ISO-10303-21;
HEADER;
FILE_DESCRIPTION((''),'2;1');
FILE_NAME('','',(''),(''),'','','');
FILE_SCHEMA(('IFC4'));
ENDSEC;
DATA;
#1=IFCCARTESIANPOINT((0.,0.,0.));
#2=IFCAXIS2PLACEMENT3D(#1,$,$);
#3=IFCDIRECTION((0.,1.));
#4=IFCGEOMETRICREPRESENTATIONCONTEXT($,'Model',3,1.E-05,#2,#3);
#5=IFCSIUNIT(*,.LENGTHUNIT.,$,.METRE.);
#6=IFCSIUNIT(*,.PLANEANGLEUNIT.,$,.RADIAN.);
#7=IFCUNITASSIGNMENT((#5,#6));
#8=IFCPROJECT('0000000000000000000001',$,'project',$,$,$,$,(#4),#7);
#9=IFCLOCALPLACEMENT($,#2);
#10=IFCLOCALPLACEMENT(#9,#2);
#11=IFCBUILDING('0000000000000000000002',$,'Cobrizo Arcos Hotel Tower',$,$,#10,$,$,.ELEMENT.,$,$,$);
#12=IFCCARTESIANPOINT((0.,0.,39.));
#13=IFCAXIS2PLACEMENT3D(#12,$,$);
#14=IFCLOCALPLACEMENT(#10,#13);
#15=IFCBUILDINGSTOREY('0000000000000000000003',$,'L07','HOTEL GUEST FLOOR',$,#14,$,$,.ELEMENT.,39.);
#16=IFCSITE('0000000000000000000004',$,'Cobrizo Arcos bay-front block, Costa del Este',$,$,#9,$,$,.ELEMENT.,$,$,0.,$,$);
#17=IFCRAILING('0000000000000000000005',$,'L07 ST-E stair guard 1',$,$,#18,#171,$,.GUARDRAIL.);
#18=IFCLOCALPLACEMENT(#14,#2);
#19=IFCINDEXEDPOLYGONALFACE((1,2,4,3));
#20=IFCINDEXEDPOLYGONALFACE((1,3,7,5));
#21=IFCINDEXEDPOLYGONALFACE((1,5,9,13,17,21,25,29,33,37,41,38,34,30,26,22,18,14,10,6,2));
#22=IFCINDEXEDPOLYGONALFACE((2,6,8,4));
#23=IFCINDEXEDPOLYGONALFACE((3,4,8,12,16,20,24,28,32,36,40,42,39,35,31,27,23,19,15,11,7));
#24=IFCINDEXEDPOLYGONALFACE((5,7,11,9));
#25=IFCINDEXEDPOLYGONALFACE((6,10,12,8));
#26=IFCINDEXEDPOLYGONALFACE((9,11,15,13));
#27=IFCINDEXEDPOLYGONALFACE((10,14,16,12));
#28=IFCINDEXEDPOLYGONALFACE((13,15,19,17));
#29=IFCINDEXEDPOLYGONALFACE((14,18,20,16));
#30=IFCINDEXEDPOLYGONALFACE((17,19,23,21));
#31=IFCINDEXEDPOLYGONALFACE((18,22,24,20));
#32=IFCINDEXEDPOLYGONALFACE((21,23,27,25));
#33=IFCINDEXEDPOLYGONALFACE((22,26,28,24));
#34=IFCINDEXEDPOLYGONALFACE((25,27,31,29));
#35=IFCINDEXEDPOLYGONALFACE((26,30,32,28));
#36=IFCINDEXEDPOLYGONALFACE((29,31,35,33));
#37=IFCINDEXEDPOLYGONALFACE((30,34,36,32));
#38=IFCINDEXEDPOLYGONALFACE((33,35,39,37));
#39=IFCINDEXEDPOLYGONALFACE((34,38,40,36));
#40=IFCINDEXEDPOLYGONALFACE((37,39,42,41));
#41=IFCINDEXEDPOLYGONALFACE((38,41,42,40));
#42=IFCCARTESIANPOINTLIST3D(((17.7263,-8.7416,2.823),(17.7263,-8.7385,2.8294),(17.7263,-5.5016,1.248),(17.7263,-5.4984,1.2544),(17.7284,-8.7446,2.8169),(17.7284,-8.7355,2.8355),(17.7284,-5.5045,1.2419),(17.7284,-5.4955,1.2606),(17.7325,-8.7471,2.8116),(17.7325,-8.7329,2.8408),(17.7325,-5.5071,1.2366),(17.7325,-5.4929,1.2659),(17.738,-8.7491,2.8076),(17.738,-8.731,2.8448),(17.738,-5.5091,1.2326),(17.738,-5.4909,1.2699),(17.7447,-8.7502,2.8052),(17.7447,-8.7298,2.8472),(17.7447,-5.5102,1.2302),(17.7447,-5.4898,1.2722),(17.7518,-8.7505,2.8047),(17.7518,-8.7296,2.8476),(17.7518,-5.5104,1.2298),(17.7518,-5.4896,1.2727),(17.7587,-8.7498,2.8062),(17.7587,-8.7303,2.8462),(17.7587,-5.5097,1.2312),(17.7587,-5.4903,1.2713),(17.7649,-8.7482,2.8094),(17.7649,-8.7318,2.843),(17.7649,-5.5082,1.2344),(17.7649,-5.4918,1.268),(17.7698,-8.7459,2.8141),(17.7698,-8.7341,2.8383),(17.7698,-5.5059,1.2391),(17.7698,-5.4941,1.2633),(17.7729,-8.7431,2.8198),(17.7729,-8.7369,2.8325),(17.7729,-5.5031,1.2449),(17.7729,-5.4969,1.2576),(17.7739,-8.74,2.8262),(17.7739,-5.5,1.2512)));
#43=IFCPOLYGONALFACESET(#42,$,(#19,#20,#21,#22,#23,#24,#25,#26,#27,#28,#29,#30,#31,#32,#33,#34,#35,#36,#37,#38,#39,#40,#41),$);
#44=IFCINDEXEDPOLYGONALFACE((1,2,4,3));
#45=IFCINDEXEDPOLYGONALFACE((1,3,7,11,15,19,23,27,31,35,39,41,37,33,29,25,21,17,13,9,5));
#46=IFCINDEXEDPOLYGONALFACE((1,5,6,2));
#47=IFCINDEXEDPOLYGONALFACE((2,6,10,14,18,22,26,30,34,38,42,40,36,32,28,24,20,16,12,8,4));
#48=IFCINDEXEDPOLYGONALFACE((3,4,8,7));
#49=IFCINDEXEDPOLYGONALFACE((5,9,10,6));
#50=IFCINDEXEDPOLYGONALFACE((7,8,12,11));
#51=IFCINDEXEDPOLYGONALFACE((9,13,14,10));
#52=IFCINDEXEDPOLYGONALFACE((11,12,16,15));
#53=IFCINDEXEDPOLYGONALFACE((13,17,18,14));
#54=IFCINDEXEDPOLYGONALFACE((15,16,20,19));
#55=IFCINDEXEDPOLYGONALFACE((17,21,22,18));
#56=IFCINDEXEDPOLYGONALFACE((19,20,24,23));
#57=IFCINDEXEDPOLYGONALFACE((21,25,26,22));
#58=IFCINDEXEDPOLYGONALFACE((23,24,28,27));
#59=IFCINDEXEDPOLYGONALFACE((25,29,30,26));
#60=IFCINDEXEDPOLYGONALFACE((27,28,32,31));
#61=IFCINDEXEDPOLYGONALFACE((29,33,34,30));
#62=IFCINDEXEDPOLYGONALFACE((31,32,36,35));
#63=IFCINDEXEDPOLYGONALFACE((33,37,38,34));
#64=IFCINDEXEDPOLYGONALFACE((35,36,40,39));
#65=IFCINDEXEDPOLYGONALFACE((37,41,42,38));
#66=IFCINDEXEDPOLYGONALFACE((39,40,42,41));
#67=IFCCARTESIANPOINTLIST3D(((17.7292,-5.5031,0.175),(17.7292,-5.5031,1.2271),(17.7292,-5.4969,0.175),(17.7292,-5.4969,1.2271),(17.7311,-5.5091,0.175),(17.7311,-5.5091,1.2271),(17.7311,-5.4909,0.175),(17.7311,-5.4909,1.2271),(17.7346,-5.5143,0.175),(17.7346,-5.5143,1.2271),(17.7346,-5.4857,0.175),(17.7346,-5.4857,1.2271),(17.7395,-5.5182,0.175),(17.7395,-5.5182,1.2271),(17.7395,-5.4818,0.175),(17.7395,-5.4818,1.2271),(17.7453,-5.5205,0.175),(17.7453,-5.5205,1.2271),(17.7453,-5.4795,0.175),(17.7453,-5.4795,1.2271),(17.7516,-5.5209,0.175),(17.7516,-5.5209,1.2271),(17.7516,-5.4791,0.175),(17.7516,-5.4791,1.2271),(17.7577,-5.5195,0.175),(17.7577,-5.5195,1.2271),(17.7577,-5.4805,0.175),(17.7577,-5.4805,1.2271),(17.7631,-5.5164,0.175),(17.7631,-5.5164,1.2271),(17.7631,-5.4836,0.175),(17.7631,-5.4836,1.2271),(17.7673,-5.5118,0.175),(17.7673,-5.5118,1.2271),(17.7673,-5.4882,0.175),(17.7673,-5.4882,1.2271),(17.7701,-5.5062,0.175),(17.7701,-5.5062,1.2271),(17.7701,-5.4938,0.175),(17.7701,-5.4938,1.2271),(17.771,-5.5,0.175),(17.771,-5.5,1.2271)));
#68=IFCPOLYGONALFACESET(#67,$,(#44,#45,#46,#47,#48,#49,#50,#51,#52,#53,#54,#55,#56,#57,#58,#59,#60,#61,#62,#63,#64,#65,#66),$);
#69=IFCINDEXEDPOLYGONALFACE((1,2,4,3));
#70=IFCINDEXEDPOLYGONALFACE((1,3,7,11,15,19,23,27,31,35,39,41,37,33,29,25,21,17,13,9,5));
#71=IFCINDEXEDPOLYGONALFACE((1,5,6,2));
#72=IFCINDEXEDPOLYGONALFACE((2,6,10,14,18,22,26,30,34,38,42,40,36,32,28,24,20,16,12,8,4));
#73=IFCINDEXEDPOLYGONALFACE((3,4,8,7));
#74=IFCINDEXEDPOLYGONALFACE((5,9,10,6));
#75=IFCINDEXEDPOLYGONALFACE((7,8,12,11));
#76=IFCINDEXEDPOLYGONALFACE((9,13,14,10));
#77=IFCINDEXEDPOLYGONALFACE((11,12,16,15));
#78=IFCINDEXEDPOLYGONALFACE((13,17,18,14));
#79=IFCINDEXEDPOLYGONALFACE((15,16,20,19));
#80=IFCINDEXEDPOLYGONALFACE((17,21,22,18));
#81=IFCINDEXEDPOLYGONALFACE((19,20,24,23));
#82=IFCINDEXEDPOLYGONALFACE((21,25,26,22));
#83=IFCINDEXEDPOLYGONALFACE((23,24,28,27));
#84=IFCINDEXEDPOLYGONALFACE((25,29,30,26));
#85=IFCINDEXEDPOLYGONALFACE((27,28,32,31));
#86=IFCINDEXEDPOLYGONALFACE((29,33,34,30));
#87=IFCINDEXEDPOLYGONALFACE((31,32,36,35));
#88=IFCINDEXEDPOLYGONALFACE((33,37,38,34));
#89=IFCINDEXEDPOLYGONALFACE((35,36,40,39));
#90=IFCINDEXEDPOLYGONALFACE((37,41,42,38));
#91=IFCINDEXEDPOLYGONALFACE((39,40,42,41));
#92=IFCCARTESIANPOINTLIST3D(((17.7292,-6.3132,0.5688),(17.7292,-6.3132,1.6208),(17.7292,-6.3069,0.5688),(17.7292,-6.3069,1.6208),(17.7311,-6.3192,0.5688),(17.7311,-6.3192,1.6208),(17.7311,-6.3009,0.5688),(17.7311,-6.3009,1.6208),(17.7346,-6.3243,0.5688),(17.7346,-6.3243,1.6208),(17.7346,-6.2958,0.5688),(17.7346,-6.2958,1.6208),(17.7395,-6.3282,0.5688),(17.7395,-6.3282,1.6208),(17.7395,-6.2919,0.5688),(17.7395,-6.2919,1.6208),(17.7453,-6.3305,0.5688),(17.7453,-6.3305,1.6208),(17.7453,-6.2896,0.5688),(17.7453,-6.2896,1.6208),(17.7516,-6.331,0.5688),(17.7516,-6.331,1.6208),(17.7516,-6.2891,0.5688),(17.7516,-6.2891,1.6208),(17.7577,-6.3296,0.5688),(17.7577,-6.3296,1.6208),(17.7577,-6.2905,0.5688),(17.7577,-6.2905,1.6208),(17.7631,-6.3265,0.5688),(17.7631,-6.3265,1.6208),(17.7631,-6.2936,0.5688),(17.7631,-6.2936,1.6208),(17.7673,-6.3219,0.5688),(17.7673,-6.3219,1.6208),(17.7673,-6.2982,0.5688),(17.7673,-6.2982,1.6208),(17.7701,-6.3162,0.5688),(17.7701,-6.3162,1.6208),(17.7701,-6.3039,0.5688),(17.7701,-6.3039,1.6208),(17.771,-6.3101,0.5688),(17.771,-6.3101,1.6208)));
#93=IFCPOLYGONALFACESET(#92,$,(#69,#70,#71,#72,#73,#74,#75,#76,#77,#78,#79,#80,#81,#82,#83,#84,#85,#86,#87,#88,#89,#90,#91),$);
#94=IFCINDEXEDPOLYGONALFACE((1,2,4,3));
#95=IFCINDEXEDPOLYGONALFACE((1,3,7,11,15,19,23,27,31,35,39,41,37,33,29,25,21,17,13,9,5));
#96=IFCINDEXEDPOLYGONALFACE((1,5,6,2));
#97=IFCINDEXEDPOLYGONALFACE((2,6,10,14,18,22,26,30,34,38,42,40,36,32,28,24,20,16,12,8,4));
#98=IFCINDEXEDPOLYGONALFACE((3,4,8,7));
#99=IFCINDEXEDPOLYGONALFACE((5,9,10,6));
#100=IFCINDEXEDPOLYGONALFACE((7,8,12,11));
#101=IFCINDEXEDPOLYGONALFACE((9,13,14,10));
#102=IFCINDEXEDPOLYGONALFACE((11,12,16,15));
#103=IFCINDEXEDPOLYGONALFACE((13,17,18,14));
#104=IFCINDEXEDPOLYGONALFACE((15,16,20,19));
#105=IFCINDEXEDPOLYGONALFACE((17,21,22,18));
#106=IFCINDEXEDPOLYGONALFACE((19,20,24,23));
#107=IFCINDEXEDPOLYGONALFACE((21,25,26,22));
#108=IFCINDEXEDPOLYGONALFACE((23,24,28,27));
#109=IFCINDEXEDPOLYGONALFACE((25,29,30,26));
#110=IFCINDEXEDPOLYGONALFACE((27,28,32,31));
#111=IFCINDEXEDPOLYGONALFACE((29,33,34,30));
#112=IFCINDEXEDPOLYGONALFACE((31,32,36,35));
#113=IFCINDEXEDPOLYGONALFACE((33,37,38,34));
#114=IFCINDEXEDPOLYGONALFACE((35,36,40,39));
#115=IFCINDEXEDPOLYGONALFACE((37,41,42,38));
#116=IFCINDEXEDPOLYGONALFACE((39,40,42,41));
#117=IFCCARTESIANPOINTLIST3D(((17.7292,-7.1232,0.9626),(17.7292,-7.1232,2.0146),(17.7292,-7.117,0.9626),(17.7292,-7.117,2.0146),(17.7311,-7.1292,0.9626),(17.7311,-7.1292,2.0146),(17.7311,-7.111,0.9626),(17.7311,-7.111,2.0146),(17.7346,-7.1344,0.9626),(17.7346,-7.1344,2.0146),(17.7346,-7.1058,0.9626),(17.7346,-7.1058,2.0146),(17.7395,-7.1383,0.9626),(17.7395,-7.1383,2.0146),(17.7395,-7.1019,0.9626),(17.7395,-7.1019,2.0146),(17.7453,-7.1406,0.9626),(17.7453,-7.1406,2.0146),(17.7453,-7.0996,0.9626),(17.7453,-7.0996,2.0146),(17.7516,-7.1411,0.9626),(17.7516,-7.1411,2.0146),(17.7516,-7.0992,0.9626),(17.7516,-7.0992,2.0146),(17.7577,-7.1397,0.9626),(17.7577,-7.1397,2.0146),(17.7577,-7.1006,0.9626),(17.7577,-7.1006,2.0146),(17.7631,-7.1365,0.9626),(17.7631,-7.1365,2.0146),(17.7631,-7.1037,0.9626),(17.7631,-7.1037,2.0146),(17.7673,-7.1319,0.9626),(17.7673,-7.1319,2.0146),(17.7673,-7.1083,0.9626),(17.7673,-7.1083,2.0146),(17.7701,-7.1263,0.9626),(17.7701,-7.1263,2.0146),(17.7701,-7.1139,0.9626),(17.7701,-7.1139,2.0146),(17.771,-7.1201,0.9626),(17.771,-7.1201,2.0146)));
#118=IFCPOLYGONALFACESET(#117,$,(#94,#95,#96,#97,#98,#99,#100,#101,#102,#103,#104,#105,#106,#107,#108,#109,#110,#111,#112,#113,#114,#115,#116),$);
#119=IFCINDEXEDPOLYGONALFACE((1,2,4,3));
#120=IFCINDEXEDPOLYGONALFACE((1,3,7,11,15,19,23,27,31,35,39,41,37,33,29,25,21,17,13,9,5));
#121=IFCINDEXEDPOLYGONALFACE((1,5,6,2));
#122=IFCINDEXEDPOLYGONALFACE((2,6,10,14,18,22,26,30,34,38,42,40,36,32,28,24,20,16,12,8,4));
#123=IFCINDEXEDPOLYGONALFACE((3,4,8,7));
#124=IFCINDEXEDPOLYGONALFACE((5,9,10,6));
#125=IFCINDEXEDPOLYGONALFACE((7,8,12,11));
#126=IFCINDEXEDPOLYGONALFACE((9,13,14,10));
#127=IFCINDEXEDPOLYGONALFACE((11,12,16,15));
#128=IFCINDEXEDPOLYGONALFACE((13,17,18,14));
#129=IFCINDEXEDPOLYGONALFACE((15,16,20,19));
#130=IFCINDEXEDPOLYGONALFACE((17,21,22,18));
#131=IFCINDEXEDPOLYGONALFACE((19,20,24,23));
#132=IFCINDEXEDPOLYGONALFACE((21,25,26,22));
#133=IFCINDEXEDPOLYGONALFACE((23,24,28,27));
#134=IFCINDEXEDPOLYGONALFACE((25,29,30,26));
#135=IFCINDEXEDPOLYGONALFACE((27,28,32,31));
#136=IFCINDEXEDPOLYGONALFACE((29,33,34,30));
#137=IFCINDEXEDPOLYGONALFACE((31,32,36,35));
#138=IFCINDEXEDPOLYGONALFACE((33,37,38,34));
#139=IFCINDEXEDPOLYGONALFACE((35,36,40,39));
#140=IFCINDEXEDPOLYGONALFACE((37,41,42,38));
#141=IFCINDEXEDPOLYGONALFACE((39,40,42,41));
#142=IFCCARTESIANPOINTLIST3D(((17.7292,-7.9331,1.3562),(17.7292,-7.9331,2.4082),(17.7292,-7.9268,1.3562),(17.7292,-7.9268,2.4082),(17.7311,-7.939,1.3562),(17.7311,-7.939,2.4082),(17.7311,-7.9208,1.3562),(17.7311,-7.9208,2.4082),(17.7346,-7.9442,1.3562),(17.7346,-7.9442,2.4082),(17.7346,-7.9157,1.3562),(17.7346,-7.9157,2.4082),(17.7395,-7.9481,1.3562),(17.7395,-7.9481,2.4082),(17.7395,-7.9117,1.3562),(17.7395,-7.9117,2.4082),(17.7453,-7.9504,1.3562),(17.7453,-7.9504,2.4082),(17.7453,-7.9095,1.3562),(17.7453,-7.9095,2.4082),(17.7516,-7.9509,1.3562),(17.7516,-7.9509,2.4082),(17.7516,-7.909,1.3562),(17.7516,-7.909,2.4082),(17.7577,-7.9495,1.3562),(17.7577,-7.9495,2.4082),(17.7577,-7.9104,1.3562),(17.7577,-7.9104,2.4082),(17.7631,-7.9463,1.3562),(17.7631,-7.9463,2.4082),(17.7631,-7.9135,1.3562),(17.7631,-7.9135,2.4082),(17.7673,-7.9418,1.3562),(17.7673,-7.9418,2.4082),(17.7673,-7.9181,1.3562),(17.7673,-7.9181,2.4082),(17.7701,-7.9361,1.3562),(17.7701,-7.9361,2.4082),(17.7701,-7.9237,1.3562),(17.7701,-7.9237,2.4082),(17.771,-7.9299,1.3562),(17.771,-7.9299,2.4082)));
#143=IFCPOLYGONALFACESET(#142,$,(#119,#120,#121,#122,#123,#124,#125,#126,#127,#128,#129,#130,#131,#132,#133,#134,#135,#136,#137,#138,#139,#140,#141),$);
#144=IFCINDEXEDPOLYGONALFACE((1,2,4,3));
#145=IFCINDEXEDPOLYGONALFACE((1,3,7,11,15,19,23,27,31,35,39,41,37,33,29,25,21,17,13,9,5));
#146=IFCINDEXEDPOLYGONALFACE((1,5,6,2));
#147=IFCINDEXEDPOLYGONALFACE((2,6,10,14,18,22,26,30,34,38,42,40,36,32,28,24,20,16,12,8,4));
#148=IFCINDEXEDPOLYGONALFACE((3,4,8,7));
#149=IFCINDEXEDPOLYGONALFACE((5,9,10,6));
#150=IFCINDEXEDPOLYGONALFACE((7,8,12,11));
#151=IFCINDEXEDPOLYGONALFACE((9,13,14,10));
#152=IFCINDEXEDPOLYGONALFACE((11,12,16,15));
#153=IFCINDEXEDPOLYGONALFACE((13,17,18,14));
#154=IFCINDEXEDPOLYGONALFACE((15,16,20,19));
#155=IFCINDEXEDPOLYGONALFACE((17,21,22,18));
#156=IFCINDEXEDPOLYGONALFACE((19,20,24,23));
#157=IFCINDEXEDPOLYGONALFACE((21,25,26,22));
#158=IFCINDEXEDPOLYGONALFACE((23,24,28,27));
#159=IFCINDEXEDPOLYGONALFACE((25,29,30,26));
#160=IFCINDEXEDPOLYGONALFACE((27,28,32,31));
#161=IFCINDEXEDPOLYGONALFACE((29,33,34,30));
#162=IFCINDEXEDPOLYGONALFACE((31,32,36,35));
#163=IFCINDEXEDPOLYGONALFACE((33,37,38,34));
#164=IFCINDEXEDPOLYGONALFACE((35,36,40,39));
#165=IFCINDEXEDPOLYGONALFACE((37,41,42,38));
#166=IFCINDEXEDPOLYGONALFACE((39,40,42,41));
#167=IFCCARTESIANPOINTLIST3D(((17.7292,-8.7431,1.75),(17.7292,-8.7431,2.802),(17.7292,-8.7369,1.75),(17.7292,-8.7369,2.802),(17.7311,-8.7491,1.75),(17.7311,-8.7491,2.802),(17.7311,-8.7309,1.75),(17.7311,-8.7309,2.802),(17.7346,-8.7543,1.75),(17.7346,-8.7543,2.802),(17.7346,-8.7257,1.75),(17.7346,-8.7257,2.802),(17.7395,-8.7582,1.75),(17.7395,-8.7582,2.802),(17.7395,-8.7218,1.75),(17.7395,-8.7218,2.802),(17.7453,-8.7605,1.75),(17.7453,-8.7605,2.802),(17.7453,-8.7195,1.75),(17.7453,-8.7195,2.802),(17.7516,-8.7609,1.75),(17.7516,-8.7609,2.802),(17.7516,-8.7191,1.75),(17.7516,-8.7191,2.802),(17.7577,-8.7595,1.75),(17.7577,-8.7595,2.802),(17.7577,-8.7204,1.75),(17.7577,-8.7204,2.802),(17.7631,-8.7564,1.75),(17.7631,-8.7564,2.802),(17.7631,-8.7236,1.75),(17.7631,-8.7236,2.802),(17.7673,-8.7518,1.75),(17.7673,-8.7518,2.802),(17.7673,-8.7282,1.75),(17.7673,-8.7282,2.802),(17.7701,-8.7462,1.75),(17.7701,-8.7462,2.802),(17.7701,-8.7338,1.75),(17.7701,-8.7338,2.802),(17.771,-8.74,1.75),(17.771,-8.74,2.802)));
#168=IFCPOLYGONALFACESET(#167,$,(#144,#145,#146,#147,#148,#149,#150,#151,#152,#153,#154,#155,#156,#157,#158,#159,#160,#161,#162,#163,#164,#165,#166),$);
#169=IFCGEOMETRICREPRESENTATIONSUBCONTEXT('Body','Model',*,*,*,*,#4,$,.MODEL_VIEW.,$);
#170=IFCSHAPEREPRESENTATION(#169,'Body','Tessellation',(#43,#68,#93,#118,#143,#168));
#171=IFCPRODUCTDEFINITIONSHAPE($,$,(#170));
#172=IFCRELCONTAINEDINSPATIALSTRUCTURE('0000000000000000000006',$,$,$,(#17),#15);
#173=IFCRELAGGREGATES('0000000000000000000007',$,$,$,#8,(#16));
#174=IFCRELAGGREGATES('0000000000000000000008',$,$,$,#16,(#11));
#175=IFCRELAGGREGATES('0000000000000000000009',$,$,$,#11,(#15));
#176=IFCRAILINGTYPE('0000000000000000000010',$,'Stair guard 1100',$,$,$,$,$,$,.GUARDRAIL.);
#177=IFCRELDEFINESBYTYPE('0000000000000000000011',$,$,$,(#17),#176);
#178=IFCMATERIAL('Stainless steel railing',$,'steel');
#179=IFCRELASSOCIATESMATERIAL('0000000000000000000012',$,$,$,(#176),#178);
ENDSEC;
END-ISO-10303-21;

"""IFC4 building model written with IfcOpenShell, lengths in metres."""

from ifc_helpers import new_model, si_unit, direction, frame, origin, origin_2d, place, context, subcontext, project, spatial, circle, extrude, material, type_object, element, save


model = new_model("IFC4")

# Units and contexts
model_context = context("Model", 3, precision=1e-05, world=origin(), true_north=direction((0.0, 1.0)))
body_context = subcontext(model_context, "Body", "Model", "MODEL_VIEW")
ifc_project = project(units=[si_unit("LENGTHUNIT", "METRE"), si_unit("PLANEANGLEUNIT", "RADIAN")], contexts=[model_context])

# Site, building, storey
site_placement = place(None, origin())
site = spatial("IfcSite", under=ifc_project, at=site_placement, Name="Cobrizo Arcos bay-front block, Costa del Este", CompositionType="ELEMENT", RefElevation=0.0)
building_placement = place(site_placement, origin())
building = spatial("IfcBuilding", under=site, at=building_placement, Name="Cobrizo Arcos Hotel Tower", CompositionType="ELEMENT")
storey_placement = place(building_placement, frame((0.0, 0.0, 39.0)))
storey = spatial("IfcBuildingStorey", under=building, at=storey_placement, Name="L07", Description="HOTEL GUEST FLOOR", CompositionType="ELEMENT", Elevation=39.0)

# Railing
ifc_material_1 = material(Name="Stainless steel railing", Category="steel")
railing_type_1 = type_object("IfcRailingType", Name="Stair guard 1100", PredefinedType="GUARDRAIL", material=ifc_material_1)
railing_1_placement = place(storey_placement, frame((17.75, -5.5, 0.175)))
element("IfcRailing", 1, at=railing_1_placement, inside=storey, type_object=railing_type_1, Name="L07 ST-E stair guard 1", PredefinedType="GUARDRAIL", context=body_context, shape_type="SweptSolid", body=[
    extrude(circle(Radius=0.0239, at=origin_2d()), frame((0.0, 0.0, 1.0762), z_axis=(0.0, -0.899373, 0.437183), x_axis=(1.0, 0.0, 0.0)), (0.0, 0.0, 1.0), 3.6025),
    extrude(circle(Radius=0.021, at=origin_2d()), origin(), (0.0, 0.0, 1.0), 1.052),
    extrude(circle(Radius=0.021, at=origin_2d()), frame((0.0, -0.8101, 0.3938)), (0.0, 0.0, 1.0), 1.052),
    extrude(circle(Radius=0.021, at=origin_2d()), frame((0.0, -1.6201, 0.7876)), (0.0, 0.0, 1.0), 1.052),
    extrude(circle(Radius=0.021, at=origin_2d()), frame((0.0, -2.4299, 1.1812)), (0.0, 0.0, 1.0), 1.052),
    extrude(circle(Radius=0.021, at=origin_2d()), frame((0.0, -3.24, 1.575)), (0.0, 0.0, 1.0), 1.052),
])

save(model, "model.ifc")
